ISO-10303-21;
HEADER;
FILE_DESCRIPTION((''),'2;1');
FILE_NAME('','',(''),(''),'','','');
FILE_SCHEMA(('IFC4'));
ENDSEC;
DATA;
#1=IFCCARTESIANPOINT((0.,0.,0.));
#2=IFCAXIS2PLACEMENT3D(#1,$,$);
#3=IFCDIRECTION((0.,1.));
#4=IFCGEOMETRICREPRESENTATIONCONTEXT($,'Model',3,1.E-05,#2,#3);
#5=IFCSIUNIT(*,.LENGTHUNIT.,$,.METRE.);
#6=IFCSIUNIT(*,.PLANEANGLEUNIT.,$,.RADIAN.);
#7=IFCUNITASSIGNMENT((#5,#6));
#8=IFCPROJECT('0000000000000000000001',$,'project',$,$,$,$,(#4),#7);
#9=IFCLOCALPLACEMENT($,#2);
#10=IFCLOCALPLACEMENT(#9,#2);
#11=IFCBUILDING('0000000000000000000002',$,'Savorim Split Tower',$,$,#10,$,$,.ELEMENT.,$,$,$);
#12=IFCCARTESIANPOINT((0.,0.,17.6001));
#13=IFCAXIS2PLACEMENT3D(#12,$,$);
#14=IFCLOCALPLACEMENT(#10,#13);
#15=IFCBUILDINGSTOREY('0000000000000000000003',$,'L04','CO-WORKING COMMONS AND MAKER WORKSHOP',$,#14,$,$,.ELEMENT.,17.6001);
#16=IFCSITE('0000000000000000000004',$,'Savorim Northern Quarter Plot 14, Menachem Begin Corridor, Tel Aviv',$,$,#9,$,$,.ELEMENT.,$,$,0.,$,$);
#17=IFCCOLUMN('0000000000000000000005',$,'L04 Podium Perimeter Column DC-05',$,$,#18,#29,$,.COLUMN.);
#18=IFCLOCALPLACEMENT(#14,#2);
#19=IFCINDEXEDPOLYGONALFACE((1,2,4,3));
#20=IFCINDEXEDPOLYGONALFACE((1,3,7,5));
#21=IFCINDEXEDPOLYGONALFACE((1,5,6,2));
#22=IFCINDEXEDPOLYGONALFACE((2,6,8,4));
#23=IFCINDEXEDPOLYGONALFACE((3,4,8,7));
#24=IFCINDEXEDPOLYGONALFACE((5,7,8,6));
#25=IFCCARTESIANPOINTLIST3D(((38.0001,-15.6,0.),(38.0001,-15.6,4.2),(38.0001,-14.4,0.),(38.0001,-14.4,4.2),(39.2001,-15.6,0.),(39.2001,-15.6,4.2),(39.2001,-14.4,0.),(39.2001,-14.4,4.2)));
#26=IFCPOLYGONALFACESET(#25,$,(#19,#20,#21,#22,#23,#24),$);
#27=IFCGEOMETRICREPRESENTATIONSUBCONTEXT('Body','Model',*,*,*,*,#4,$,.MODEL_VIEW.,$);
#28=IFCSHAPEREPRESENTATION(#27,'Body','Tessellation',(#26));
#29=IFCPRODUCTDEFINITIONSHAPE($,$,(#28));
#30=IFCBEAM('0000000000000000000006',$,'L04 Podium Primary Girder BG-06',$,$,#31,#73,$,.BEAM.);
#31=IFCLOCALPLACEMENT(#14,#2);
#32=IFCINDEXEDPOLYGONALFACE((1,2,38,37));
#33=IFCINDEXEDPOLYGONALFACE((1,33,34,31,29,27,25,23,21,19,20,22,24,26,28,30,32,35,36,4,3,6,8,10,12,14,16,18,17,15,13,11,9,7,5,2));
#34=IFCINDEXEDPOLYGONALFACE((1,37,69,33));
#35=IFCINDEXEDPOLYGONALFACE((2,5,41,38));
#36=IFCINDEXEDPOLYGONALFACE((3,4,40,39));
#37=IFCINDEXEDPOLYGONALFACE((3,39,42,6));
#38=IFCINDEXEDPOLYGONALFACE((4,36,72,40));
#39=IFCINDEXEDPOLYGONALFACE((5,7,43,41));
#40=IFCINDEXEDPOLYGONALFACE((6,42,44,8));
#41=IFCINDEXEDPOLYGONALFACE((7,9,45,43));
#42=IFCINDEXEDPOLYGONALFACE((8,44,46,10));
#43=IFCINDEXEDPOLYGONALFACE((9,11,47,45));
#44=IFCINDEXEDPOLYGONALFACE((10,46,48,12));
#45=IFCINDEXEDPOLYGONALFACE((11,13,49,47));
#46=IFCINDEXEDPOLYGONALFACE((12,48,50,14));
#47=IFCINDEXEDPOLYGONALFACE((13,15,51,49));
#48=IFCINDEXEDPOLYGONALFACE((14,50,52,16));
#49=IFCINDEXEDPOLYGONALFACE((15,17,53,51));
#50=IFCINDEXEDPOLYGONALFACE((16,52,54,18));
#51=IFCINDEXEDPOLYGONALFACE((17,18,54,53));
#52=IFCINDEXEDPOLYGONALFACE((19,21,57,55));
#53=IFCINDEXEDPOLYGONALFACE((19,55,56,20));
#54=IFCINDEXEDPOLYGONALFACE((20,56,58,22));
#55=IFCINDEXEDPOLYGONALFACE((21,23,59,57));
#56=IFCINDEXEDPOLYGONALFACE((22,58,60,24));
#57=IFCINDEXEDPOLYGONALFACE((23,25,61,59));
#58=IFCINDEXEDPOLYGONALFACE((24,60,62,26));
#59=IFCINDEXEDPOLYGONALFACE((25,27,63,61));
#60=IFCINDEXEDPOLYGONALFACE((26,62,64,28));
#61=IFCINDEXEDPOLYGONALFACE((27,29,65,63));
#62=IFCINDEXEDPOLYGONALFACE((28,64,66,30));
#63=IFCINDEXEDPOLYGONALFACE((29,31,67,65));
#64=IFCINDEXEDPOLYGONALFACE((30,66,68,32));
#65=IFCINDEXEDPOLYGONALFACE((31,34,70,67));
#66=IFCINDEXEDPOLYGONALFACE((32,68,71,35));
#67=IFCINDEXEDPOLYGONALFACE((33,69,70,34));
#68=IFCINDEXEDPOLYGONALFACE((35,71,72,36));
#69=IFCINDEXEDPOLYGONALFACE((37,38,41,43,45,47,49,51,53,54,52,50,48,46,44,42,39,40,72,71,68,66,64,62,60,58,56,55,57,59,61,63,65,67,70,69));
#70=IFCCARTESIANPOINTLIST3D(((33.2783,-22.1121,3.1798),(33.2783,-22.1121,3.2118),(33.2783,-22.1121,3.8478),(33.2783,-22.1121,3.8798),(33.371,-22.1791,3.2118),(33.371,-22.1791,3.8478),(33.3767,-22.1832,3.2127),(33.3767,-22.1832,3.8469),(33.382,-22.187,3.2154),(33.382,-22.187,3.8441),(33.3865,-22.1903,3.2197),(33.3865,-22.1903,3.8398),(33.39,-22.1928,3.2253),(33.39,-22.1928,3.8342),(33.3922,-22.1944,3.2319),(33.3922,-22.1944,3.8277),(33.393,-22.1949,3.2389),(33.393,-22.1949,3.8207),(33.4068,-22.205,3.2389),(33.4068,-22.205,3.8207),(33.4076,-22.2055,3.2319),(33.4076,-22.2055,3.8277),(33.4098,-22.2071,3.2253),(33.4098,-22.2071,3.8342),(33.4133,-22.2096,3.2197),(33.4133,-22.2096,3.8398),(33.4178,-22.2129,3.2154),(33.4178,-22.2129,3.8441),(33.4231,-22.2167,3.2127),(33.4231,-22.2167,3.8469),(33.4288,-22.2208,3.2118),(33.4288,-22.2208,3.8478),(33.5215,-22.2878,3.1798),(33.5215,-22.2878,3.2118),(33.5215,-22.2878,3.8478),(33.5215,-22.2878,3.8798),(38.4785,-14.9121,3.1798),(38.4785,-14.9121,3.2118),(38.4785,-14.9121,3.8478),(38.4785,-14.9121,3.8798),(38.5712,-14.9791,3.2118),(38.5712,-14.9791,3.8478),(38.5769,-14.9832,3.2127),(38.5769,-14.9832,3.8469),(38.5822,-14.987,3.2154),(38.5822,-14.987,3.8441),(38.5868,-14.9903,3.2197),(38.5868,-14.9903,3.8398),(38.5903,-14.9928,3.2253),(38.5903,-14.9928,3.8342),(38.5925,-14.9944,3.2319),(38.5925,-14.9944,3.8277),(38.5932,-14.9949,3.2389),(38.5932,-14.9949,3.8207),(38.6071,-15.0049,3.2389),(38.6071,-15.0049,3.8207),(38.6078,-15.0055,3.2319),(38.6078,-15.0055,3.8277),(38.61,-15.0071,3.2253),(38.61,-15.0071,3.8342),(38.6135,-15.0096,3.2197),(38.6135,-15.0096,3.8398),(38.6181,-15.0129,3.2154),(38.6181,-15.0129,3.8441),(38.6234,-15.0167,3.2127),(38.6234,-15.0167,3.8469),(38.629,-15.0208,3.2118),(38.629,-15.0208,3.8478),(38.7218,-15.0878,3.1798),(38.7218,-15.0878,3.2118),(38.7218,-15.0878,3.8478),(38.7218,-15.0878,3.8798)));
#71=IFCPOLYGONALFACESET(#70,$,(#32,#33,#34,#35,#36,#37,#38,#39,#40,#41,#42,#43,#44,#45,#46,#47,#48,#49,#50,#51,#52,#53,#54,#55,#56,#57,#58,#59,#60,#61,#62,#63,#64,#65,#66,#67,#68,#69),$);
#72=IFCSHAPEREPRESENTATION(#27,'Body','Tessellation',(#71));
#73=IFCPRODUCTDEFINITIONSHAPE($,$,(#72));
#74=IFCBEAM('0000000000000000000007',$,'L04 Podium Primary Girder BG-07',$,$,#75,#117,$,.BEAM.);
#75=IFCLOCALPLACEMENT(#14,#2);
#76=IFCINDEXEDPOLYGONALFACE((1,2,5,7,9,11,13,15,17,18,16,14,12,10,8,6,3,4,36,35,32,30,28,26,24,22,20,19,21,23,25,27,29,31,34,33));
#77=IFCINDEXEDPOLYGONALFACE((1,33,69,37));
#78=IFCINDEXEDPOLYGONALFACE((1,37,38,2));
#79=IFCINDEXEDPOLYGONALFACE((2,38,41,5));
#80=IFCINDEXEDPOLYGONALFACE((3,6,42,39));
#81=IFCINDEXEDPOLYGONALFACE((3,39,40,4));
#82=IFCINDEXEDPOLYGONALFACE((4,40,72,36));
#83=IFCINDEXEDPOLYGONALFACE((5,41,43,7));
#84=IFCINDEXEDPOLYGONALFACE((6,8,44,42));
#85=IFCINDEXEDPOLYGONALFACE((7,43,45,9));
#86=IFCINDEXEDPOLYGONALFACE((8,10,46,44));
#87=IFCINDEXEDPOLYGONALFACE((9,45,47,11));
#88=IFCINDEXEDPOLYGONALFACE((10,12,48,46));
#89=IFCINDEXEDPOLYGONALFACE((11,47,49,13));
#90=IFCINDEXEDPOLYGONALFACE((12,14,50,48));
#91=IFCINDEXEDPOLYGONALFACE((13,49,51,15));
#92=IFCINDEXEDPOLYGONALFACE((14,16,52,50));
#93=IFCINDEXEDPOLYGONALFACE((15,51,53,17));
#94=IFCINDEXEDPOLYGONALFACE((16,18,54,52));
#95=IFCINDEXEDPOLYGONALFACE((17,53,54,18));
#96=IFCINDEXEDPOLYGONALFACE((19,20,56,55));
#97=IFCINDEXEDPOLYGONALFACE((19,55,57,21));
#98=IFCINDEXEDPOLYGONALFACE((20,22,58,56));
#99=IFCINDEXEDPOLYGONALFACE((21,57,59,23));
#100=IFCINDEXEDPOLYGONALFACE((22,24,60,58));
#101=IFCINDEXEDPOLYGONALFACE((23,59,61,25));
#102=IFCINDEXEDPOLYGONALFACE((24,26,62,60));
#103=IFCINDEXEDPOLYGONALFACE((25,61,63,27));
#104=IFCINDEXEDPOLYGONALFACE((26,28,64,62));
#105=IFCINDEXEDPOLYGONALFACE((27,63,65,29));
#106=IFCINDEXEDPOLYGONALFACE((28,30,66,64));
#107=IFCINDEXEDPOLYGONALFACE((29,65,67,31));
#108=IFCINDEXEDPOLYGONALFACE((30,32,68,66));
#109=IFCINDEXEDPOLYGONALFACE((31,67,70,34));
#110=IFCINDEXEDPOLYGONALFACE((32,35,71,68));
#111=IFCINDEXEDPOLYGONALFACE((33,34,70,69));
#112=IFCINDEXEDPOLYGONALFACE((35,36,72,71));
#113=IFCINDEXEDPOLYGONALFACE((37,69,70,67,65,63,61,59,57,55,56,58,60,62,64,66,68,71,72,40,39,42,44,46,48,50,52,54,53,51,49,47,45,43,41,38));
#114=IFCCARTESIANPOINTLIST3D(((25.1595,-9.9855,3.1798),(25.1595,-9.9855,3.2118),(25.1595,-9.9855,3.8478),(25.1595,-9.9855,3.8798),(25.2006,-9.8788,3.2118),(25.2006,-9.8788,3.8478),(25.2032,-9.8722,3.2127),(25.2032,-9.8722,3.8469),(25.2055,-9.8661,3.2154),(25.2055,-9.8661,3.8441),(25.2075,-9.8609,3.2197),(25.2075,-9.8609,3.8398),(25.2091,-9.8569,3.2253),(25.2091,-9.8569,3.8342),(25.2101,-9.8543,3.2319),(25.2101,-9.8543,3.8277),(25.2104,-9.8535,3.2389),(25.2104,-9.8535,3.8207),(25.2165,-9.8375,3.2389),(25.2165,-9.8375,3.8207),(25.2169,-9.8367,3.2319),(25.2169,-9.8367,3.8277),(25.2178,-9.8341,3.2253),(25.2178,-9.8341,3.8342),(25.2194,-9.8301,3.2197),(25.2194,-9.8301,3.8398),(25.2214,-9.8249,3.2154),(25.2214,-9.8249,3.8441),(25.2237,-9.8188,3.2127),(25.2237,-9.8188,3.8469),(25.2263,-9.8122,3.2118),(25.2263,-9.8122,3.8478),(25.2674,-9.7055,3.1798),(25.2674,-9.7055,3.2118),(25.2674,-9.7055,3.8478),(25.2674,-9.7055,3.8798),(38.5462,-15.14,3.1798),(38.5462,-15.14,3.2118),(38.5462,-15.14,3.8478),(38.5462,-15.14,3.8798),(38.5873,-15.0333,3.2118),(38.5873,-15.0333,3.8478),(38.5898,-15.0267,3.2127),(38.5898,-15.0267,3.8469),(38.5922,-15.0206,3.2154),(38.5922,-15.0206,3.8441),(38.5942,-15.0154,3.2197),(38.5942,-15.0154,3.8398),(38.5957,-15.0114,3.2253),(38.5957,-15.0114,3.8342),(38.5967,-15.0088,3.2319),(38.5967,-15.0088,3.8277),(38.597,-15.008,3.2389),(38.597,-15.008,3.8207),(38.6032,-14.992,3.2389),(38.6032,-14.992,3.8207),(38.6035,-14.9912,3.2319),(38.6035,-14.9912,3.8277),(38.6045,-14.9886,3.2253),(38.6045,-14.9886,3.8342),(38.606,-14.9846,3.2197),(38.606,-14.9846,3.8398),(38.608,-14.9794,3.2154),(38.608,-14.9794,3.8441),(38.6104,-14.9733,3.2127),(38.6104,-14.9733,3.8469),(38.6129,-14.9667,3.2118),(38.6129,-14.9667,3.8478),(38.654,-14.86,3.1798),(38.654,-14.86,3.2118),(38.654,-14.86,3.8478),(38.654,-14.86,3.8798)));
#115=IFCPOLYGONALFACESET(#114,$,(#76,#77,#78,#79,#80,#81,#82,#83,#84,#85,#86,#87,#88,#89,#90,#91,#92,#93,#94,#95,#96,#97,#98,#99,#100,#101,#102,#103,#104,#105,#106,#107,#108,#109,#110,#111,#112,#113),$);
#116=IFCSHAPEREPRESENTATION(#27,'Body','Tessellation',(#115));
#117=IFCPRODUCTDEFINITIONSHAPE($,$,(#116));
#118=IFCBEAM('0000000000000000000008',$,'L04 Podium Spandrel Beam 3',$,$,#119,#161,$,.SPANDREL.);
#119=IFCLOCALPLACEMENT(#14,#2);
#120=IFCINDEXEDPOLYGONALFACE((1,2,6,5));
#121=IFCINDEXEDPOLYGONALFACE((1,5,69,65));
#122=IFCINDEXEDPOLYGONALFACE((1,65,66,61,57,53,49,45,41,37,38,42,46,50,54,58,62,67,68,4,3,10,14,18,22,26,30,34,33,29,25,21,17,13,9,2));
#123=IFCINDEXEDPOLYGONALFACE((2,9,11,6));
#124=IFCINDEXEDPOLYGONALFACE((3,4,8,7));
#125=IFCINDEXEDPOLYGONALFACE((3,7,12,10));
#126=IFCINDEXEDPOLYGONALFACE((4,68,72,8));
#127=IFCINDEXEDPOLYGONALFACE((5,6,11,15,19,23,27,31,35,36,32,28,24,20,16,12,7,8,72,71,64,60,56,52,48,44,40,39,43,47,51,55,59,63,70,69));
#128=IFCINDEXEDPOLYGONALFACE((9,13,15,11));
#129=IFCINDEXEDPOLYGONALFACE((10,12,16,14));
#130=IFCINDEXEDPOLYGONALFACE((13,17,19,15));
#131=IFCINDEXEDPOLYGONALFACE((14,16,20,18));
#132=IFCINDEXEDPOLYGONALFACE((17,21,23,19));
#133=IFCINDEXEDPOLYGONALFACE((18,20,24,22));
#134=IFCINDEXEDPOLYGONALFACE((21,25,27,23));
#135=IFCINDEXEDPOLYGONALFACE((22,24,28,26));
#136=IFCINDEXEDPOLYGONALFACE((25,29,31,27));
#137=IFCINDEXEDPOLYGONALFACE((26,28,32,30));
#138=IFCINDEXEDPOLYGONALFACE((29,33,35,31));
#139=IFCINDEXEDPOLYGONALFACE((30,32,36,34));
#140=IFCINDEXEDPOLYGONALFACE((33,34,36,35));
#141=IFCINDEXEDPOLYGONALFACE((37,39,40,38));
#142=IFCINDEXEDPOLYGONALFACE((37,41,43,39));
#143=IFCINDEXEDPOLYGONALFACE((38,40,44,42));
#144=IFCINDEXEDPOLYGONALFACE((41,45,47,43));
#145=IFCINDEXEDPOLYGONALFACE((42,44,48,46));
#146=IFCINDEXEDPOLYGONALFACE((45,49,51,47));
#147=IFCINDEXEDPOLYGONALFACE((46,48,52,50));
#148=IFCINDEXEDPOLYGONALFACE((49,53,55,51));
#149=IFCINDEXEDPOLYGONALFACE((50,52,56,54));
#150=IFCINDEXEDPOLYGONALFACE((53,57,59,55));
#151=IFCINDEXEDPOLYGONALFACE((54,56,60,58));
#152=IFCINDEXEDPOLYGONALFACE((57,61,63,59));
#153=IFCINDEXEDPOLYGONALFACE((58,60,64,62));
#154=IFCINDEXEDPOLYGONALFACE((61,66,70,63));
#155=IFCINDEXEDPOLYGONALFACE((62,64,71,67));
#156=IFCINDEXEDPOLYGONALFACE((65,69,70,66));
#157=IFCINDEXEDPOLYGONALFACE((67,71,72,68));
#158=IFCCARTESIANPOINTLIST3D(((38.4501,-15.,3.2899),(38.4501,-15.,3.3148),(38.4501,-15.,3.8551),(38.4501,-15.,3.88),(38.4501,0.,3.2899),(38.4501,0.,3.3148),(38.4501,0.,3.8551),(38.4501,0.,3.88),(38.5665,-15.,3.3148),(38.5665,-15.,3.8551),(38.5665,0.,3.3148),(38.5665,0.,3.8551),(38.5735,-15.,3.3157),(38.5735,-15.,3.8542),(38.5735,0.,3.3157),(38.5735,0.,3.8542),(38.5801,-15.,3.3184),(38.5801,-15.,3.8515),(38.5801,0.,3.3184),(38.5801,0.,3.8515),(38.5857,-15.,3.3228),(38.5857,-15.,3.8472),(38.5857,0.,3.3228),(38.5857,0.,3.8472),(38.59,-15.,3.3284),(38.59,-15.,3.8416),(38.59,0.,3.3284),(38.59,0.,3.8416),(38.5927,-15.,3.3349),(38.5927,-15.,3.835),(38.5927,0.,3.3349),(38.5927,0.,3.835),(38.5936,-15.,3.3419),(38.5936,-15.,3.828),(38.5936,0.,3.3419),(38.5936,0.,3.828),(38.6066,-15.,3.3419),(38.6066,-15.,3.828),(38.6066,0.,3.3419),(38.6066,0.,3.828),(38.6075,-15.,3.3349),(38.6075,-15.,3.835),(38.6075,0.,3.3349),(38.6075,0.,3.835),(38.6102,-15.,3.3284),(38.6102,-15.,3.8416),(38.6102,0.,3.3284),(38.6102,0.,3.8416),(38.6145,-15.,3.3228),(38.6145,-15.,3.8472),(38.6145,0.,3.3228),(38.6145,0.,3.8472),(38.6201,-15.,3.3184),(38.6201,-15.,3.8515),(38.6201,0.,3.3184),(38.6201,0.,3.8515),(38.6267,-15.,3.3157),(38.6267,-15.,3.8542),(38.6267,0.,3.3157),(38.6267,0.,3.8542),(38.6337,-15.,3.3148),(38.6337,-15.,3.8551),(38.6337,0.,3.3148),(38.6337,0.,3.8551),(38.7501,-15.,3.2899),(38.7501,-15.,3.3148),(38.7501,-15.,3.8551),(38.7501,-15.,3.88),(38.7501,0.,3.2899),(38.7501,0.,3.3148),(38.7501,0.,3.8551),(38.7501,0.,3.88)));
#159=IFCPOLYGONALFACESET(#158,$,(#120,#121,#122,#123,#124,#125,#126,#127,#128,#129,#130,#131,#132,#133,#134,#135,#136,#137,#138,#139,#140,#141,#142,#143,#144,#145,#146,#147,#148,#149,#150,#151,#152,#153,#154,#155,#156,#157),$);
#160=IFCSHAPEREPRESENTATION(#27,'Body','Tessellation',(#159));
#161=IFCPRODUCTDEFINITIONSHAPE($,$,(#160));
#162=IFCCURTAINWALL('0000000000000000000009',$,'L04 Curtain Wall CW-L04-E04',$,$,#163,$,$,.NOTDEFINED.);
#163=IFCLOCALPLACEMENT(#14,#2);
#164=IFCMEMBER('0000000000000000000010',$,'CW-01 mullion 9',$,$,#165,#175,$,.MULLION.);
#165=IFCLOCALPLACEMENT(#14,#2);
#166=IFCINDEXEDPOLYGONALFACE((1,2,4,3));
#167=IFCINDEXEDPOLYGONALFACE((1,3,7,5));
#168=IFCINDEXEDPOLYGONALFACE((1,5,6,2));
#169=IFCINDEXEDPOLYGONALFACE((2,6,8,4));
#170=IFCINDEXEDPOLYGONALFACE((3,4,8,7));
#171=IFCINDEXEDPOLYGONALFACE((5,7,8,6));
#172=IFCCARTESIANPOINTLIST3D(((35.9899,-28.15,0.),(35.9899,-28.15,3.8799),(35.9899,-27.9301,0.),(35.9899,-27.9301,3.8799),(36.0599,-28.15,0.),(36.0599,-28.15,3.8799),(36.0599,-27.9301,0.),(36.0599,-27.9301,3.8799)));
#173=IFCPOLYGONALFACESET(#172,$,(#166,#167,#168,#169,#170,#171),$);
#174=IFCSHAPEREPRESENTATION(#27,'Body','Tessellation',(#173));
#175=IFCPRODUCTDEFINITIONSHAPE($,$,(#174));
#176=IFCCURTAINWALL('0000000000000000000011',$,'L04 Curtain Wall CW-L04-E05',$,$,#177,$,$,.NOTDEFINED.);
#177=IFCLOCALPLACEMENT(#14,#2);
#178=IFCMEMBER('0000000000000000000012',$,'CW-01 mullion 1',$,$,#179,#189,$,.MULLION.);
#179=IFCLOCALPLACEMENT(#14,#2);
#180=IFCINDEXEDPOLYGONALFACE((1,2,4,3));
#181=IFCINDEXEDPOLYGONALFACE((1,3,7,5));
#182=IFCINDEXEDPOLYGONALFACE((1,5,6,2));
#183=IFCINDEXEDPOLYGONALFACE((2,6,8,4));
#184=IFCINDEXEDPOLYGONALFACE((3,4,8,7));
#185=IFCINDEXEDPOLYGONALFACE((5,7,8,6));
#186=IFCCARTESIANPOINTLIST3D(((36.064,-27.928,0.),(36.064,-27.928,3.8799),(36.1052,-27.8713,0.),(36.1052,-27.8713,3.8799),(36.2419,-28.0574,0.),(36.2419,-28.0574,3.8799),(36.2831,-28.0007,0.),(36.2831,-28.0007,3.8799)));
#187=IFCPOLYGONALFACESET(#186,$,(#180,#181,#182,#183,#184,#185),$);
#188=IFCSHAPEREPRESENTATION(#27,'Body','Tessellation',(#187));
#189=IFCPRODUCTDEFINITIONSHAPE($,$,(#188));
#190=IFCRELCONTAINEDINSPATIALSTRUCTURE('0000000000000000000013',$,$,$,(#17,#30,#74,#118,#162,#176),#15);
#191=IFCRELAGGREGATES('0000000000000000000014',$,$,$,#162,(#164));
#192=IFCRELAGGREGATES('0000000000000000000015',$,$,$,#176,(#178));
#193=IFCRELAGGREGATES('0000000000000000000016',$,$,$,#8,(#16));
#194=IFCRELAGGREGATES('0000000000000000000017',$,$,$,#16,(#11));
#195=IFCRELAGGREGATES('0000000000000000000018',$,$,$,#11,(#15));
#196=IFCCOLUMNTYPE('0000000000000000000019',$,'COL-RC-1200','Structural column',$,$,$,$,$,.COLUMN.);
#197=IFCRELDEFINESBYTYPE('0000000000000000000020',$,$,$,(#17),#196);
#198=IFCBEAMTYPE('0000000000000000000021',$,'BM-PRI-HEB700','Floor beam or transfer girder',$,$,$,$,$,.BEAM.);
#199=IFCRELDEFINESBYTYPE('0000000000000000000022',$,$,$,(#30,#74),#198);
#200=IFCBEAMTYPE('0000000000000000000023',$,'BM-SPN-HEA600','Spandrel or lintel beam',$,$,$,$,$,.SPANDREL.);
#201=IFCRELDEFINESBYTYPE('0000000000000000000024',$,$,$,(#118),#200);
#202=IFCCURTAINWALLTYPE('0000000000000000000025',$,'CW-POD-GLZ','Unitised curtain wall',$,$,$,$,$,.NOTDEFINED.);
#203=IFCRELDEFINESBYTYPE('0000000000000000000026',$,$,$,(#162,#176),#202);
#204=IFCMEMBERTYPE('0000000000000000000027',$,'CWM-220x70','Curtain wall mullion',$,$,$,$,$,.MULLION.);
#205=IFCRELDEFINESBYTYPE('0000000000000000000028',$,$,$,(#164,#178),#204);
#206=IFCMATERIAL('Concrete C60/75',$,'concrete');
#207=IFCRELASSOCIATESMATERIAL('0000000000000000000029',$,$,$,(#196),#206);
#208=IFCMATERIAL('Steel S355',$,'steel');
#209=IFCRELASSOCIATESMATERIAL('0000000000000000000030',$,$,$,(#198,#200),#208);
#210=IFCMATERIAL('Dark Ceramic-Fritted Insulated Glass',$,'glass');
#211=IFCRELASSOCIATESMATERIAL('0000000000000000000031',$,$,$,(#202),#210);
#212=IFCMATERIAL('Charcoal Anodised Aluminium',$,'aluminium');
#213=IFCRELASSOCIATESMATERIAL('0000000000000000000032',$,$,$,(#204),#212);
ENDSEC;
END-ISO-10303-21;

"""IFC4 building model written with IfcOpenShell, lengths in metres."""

from ifc_helpers import new_model, si_unit, direction, frame, origin, origin_2d, place, context, subcontext, project, spatial, rectangle, i_section, extrude, material, material_profile, profile_set, type_object, element, aggregate, save


model = new_model("IFC4")

# Units and contexts
model_context = context("Model", 3, precision=1e-05, world=origin(), true_north=direction((0.0, 1.0)))
body_context = subcontext(model_context, "Body", "Model", "MODEL_VIEW")
ifc_project = project(units=[si_unit("LENGTHUNIT", "METRE"), si_unit("PLANEANGLEUNIT", "RADIAN")], contexts=[model_context])

# Site, building, storey
site_placement = place(None, origin())
site = spatial("IfcSite", under=ifc_project, at=site_placement, Name="Savorim Northern Quarter Plot 14, Menachem Begin Corridor, Tel Aviv", CompositionType="ELEMENT", RefElevation=0.0)
building_placement = place(site_placement, origin())
building = spatial("IfcBuilding", under=site, at=building_placement, Name="Savorim Split Tower", CompositionType="ELEMENT")
storey_placement = place(building_placement, frame((0.0, 0.0, 17.6001)))
storey = spatial("IfcBuildingStorey", under=building, at=storey_placement, Name="L04", Description="CO-WORKING COMMONS AND MAKER WORKSHOP", CompositionType="ELEMENT", Elevation=17.6001)

# Column
ifc_material_1 = material(Name="Concrete C60/75", Category="concrete")
ifc_material_profile_1 = material_profile(ifc_material_1, rectangle(XDim=1.2, YDim=1.2, at=origin_2d()), Name="RC 1200x1200")
ifc_profile_set_1 = profile_set([ifc_material_profile_1], Name="Concrete C60/75")
column_type = type_object("IfcColumnType", Name="COL-RC-1200", Description="Structural column", PredefinedType="COLUMN", material=ifc_profile_set_1)
column_placement = place(storey_placement, frame((38.6001, -15.0, 0.0), z_axis=(0.0, 0.0, 1.0), x_axis=(1.0, 0.0, 0.0)))
element("IfcColumn", 1, at=column_placement, inside=storey, type_object=column_type, Name="L04 Podium Perimeter Column DC-05", PredefinedType="COLUMN", context=body_context, shape_type="SweptSolid", body=[
    extrude(rectangle(XDim=1.2, YDim=1.2, at=origin_2d()), origin(), (0.0, 0.0, 1.0), 4.2),
])

# Beams
ifc_material_2 = material(Name="Steel S355", Category="steel")
ifc_material_profile_2 = material_profile(ifc_material_2, i_section(OverallWidth=0.3, OverallDepth=0.7, WebThickness=0.0171, FlangeThickness=0.032, FilletRadius=0.0271, at=origin_2d()), Name="HEB 700")
ifc_profile_set_2 = profile_set([ifc_material_profile_2], Name="Steel S355")
beam_type_1 = type_object("IfcBeamType", Name="BM-PRI-HEB700", Description="Floor beam or transfer girder", PredefinedType="BEAM", material=ifc_profile_set_2)
beam_1_placement = place(storey_placement, frame((33.3999, -22.2, 3.5298), z_axis=(0.585508, 0.810667, 0.0), x_axis=(-0.810667, 0.585508, 0.0)))
element("IfcBeam", 2, at=beam_1_placement, inside=storey, type_object=beam_type_1, Name="L04 Podium Primary Girder BG-06", PredefinedType="BEAM", context=body_context, shape_type="SweptSolid", body=[
    extrude(i_section(OverallWidth=0.3, OverallDepth=0.7, WebThickness=0.0171, FlangeThickness=0.032, FilletRadius=0.0271, at=origin_2d()), origin(), (0.0, 0.0, 1.0), 8.8816),
])
beam_2_placement = place(storey_placement, frame((38.6001, -15.0, 3.5298), z_axis=(-0.93321, 0.359331, 0.0), x_axis=(-0.359331, -0.93321, 0.0)))
element("IfcBeam", 3, at=beam_2_placement, inside=storey, type_object=beam_type_1, Name="L04 Podium Primary Girder BG-07", PredefinedType="BEAM", context=body_context, shape_type="SweptSolid", body=[
    extrude(i_section(OverallWidth=0.3, OverallDepth=0.7, WebThickness=0.0171, FlangeThickness=0.032, FilletRadius=0.0271, at=origin_2d()), origin(), (0.0, 0.0, 1.0), 14.3447),
])
ifc_material_profile_3 = material_profile(ifc_material_2, i_section(OverallWidth=0.3, OverallDepth=0.5901, WebThickness=0.0129, FlangeThickness=0.0249, FilletRadius=0.0271, at=origin_2d()), Name="HEA 600")
ifc_profile_set_3 = profile_set([ifc_material_profile_3], Name="Steel S355")
beam_type_2 = type_object("IfcBeamType", Name="BM-SPN-HEA600", Description="Spandrel or lintel beam", PredefinedType="SPANDREL", material=ifc_profile_set_3)
beam_3_placement = place(storey_placement, frame((38.6001, -15.0, 3.585), z_axis=(0.0, 1.0, 0.0), x_axis=(-1.0, 0.0, 0.0)))
element("IfcBeam", 4, at=beam_3_placement, inside=storey, type_object=beam_type_2, Name="L04 Podium Spandrel Beam 3", PredefinedType="SPANDREL", context=body_context, shape_type="SweptSolid", body=[
    extrude(i_section(OverallWidth=0.3, OverallDepth=0.5901, WebThickness=0.0129, FlangeThickness=0.0249, FilletRadius=0.0271, at=origin_2d()), origin(), (0.0, 0.0, 1.0), 15.0),
])

# Curtain wall, member
ifc_material_3 = material(Name="Dark Ceramic-Fritted Insulated Glass", Category="glass")
curtain_wall_type = type_object("IfcCurtainWallType", Name="CW-POD-GLZ", Description="Unitised curtain wall", PredefinedType="NOTDEFINED", material=ifc_material_3)
curtain_wall_1_placement = place(storey_placement, origin())
curtain_wall_1 = element("IfcCurtainWall", 5, at=curtain_wall_1_placement, inside=storey, type_object=curtain_wall_type, Name="L04 Curtain Wall CW-L04-E04", PredefinedType="NOTDEFINED")
ifc_material_4 = material(Name="Charcoal Anodised Aluminium", Category="aluminium")
ifc_material_profile_4 = material_profile(ifc_material_4, rectangle(XDim=0.22, YDim=0.0701, at=origin_2d()), Name="ALU-M 220x70")
ifc_profile_set_4 = profile_set([ifc_material_profile_4], Name="Charcoal Anodised Aluminium")
member_type_1 = type_object("IfcMemberType", Name="CWM-220x70", Description="Curtain wall mullion", PredefinedType="MULLION", material=ifc_profile_set_4)
member_1_placement = place(storey_placement, frame((36.0249, -28.04, 0.0), z_axis=(0.0, 0.0, 1.0), x_axis=(0.0, 1.0, 0.0)))
member_1 = element("IfcMember", 6, at=member_1_placement, type_object=member_type_1, Name="CW-01 mullion 9", PredefinedType="MULLION", context=body_context, shape_type="SweptSolid", body=[
    extrude(rectangle(XDim=0.22, YDim=0.0701, at=origin_2d()), origin(), (0.0, 0.0, 1.0), 3.8799),
])
aggregate(curtain_wall_1, [member_1])

# Curtain wall, member
curtain_wall_2_placement = place(storey_placement, origin())
curtain_wall_2 = element("IfcCurtainWall", 7, at=curtain_wall_2_placement, inside=storey, type_object=curtain_wall_type, Name="L04 Curtain Wall CW-L04-E05", PredefinedType="NOTDEFINED")
member_2_placement = place(storey_placement, frame((36.1736, -27.9644, 0.0), z_axis=(0.0, 0.0, 1.0), x_axis=(-0.808733, 0.588176, 0.0)))
member_2 = element("IfcMember", 8, at=member_2_placement, type_object=member_type_1, Name="CW-01 mullion 1", PredefinedType="MULLION", context=body_context, shape_type="SweptSolid", body=[
    extrude(rectangle(XDim=0.22, YDim=0.0701, at=origin_2d()), origin(), (0.0, 0.0, 1.0), 3.8799),
])

aggregate(curtain_wall_2, [member_2])

save(model, "model.ifc")
